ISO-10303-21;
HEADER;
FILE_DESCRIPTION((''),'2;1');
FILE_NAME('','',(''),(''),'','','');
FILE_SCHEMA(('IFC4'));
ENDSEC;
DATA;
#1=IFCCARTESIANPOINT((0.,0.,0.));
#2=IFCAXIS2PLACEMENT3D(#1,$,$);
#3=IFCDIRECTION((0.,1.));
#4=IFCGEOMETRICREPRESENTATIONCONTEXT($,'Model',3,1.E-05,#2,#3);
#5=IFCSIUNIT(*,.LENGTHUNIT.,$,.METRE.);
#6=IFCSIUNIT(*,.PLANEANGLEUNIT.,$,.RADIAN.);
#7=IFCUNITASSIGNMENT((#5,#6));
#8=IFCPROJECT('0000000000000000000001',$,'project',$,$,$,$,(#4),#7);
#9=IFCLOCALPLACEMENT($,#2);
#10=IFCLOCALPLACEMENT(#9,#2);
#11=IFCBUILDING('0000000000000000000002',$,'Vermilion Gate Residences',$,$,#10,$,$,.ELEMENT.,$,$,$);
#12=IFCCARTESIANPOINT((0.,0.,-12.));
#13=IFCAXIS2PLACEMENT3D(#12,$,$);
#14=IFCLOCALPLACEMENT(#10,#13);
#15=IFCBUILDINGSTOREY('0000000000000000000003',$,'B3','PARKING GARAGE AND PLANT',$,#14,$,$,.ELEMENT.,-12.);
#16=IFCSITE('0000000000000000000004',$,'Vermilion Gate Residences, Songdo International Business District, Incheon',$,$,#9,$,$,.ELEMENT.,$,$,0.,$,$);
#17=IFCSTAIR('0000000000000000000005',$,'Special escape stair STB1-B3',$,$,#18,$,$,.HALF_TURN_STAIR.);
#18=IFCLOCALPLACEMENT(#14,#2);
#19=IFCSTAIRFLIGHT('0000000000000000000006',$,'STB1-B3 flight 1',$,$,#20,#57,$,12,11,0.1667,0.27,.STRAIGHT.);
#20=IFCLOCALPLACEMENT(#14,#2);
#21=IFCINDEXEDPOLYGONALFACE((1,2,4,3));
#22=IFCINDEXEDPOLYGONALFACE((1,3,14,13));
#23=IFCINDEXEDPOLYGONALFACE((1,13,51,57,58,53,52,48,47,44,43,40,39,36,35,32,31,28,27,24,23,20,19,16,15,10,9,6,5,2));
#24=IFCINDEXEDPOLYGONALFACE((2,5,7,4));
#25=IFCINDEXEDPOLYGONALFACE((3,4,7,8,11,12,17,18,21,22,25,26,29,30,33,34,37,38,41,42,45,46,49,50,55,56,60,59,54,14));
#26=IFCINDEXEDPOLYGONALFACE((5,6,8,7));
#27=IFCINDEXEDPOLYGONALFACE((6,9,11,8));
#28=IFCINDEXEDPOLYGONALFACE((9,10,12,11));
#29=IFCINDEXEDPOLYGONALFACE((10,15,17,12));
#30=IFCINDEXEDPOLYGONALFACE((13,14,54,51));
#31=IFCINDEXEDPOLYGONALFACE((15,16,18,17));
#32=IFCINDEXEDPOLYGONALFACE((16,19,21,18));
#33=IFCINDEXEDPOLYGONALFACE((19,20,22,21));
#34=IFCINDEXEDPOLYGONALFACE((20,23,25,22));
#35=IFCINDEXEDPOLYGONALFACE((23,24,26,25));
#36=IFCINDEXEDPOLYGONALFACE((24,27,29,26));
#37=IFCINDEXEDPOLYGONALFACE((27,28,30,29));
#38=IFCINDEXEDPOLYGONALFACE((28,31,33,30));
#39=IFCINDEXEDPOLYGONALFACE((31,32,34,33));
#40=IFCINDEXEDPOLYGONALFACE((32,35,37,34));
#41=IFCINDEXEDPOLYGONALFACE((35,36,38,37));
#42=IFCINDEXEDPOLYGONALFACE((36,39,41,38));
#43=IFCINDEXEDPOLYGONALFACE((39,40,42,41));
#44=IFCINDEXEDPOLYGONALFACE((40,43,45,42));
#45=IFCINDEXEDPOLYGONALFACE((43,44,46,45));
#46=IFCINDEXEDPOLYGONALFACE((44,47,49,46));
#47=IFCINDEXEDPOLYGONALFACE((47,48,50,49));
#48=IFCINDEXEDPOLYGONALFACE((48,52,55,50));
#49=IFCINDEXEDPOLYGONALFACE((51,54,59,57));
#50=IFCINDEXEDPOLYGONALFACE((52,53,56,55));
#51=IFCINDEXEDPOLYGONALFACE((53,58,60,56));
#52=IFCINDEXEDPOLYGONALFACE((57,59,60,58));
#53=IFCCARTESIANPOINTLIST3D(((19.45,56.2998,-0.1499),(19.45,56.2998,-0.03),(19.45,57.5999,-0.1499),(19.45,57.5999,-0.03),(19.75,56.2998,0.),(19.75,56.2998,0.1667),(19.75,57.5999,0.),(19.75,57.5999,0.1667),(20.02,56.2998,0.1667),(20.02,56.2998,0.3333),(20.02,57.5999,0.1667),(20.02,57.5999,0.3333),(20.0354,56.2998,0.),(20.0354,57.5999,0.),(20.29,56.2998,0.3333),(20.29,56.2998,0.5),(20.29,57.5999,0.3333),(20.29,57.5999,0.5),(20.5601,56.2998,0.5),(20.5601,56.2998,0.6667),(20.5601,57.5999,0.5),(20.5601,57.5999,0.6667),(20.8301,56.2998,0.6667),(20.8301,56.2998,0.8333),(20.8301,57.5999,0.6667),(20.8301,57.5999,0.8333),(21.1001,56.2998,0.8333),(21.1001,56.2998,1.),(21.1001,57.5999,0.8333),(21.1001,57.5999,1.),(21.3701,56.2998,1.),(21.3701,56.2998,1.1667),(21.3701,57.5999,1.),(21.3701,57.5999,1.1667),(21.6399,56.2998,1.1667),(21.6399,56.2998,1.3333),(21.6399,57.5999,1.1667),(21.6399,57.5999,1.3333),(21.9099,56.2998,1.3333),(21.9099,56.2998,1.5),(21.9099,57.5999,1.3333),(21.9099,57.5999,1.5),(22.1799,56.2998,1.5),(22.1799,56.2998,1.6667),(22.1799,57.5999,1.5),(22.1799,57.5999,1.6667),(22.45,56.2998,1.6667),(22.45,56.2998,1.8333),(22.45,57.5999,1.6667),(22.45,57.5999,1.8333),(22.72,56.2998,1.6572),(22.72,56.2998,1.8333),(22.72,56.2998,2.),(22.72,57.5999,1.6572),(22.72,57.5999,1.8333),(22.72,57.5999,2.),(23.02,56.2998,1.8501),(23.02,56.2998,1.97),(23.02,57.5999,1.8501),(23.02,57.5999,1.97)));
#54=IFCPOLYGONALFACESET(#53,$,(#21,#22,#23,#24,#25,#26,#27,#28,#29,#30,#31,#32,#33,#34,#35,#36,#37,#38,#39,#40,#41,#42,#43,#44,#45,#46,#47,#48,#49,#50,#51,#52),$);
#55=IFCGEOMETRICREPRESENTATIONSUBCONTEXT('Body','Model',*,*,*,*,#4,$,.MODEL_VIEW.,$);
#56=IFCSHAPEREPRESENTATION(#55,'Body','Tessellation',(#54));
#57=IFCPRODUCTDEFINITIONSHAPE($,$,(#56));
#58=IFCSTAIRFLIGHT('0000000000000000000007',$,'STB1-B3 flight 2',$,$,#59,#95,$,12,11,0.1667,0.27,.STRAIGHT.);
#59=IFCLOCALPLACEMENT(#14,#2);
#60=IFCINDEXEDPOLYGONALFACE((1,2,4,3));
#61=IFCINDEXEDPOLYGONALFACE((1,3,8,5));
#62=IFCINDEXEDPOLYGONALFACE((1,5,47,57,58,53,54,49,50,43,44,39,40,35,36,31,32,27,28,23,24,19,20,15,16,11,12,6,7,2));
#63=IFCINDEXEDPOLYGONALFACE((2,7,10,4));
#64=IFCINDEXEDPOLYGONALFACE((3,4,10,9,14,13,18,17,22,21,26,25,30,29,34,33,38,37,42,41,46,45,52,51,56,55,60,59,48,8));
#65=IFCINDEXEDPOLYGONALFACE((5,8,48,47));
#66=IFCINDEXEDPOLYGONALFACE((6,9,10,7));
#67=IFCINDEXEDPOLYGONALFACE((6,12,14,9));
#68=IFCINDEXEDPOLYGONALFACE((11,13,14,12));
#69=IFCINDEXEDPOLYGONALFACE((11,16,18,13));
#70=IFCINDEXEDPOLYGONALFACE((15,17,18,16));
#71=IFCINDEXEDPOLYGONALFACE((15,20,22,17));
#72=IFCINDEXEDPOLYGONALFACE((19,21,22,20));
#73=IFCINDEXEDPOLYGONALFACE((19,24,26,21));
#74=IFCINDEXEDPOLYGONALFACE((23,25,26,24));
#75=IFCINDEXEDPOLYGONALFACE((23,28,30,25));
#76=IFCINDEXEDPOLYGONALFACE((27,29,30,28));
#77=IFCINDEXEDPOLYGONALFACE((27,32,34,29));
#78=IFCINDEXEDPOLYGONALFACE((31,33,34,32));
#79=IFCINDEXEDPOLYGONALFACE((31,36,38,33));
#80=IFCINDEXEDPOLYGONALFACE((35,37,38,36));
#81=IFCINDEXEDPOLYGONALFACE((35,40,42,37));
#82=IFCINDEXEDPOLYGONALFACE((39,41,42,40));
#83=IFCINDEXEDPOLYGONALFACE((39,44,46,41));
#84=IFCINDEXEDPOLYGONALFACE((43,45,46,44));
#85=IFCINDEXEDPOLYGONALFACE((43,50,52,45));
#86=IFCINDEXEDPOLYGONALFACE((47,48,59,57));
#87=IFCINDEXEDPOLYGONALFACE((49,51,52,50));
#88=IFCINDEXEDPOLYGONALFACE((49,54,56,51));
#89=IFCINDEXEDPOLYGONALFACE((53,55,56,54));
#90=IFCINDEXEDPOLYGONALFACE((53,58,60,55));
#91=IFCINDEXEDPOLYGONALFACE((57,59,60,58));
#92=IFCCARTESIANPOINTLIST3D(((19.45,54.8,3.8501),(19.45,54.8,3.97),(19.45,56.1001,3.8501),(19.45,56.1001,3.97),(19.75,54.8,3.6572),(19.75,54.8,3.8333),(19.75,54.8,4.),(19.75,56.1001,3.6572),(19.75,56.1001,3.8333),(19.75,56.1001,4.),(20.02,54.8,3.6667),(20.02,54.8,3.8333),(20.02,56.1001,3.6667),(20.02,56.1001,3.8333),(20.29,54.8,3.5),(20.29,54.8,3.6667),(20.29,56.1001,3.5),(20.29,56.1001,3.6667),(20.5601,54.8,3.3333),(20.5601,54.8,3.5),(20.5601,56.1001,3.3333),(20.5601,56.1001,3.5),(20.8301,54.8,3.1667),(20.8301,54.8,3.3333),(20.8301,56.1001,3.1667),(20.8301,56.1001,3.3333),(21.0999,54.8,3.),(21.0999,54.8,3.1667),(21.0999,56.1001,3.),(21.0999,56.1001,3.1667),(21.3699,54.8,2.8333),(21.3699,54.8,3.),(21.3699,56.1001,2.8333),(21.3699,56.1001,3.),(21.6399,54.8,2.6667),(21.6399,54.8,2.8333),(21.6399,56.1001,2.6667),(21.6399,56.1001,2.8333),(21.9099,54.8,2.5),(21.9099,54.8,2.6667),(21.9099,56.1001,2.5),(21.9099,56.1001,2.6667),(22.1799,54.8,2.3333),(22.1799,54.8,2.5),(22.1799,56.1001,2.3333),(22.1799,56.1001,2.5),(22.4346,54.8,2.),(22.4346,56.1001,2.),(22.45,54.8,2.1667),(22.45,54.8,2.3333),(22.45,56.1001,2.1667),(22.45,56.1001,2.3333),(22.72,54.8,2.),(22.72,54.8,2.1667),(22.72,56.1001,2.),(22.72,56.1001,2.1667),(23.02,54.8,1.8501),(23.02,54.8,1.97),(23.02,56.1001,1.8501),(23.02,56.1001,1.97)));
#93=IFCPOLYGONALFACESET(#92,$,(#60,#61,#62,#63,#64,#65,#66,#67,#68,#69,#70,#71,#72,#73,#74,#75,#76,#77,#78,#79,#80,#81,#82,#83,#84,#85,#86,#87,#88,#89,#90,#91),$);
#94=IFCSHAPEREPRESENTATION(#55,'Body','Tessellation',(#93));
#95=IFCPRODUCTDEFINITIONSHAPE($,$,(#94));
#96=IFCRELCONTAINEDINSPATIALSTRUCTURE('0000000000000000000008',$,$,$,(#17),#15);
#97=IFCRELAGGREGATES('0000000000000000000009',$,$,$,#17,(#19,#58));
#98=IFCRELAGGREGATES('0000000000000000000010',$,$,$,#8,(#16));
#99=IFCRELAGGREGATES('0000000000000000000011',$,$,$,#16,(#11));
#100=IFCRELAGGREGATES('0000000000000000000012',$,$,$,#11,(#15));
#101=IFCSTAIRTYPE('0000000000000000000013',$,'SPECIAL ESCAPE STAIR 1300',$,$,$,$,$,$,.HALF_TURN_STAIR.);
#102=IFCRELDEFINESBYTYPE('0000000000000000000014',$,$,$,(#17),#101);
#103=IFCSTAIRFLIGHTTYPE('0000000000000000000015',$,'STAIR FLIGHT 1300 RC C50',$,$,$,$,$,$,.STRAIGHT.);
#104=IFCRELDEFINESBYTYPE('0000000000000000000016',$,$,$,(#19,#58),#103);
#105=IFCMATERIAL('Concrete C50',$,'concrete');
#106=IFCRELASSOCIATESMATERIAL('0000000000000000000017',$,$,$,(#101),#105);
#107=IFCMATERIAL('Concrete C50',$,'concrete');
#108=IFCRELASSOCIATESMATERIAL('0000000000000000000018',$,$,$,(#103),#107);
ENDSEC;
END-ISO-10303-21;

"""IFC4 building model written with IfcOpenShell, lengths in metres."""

from ifc_helpers import new_model, si_unit, direction, frame, origin, place, context, subcontext, project, spatial, polyline, outline, extrude, material, type_object, element, aggregate, save


model = new_model("IFC4")

# Units and contexts
model_context = context("Model", 3, precision=1e-05, world=origin(), true_north=direction((0.0, 1.0)))
body_context = subcontext(model_context, "Body", "Model", "MODEL_VIEW")
ifc_project = project(units=[si_unit("LENGTHUNIT", "METRE"), si_unit("PLANEANGLEUNIT", "RADIAN")], contexts=[model_context])

# Site, building, storey
site_placement = place(None, origin())
site = spatial("IfcSite", under=ifc_project, at=site_placement, Name="Vermilion Gate Residences, Songdo International Business District, Incheon", CompositionType="ELEMENT", RefElevation=0.0)
building_placement = place(site_placement, origin())
building = spatial("IfcBuilding", under=site, at=building_placement, Name="Vermilion Gate Residences", CompositionType="ELEMENT")
storey_placement = place(building_placement, frame((0.0, 0.0, -12.0)))
storey = spatial("IfcBuildingStorey", under=building, at=storey_placement, Name="B3", Description="PARKING GARAGE AND PLANT", CompositionType="ELEMENT", Elevation=-12.0)

# Stair, stair flights
ifc_material_1 = material(Name="Concrete C50", Category="concrete")
stair_type = type_object("IfcStairType", Name="SPECIAL ESCAPE STAIR 1300", PredefinedType="HALF_TURN_STAIR", material=ifc_material_1)
stair_placement = place(storey_placement, origin())
stair = element("IfcStair", 1, at=stair_placement, inside=storey, type_object=stair_type, Name="Special escape stair STB1-B3", PredefinedType="HALF_TURN_STAIR")
ifc_material_2 = material(Name="Concrete C50", Category="concrete")
stair_flight_type = type_object("IfcStairFlightType", Name="STAIR FLIGHT 1300 RC C50", PredefinedType="STRAIGHT", material=ifc_material_2)
stair_flight_1_placement = place(storey_placement, frame((19.75, 56.95, 0.0), z_axis=(0.0, 0.0, 1.0), x_axis=(1.0, 0.0, 0.0)))
stair_flight_1 = element("IfcStairFlight", 2, at=stair_flight_1_placement, type_object=stair_flight_type, Name="STB1-B3 flight 1", NumberOfRisers=12, NumberOfTreads=11, PredefinedType="STRAIGHT", RiserHeight=0.1667, TreadLength=0.27, context=body_context, shape_type="SweptSolid", body=[
    extrude(outline(polyline([(-0.3, -0.1499), (-0.3, -0.03), (0.0, 0.0), (0.0, 0.1667), (0.27, 0.1667), (0.27, 0.3333), (0.54, 0.3333), (0.54, 0.5), (0.8101, 0.5), (0.8101, 0.6667), (1.0801, 0.6667), (1.0801, 0.8333), (1.3501, 0.8333), (1.3501, 1.0), (1.6201, 1.0), (1.6201, 1.1667), (1.8899, 1.1667), (1.8899, 1.3333), (2.1599, 1.3333), (2.1599, 1.5), (2.4299, 1.5), (2.4299, 1.6667), (2.7, 1.6667), (2.7, 1.8333), (2.97, 1.8333), (2.97, 2.0), (3.27, 1.97), (3.27, 1.8501), (2.97, 1.6572), (0.2854, 0.0), (-0.3, -0.1499)])), frame((0.0, 0.6499, 0.0), z_axis=(0.0, -1.0, 0.0), x_axis=(1.0, 0.0, 0.0)), (0.0, 0.0, 1.0), 1.3),
])
stair_flight_2_placement = place(storey_placement, frame((22.72, 55.45, 2.0), z_axis=(0.0, 0.0, 1.0), x_axis=(-1.0, 0.0, 0.0)))
stair_flight_2 = element("IfcStairFlight", 3, at=stair_flight_2_placement, type_object=stair_flight_type, Name="STB1-B3 flight 2", NumberOfRisers=12, NumberOfTreads=11, PredefinedType="STRAIGHT", RiserHeight=0.1667, TreadLength=0.27, context=body_context, shape_type="SweptSolid", body=[
    extrude(outline(polyline([(-0.3, -0.1499), (-0.3, -0.03), (0.0, 0.0), (0.0, 0.1667), (0.27, 0.1667), (0.27, 0.3333), (0.54, 0.3333), (0.54, 0.5), (0.8101, 0.5), (0.8101, 0.6667), (1.0801, 0.6667), (1.0801, 0.8333), (1.3501, 0.8333), (1.3501, 1.0), (1.6201, 1.0), (1.6201, 1.1667), (1.8899, 1.1667), (1.8899, 1.3333), (2.1599, 1.3333), (2.1599, 1.5), (2.4299, 1.5), (2.4299, 1.6667), (2.7, 1.6667), (2.7, 1.8333), (2.97, 1.8333), (2.97, 2.0), (3.27, 1.97), (3.27, 1.8501), (2.97, 1.6572), (0.2854, 0.0), (-0.3, -0.1499)])), frame((0.0, 0.6499, 0.0), z_axis=(0.0, -1.0, 0.0), x_axis=(1.0, 0.0, 0.0)), (0.0, 0.0, 1.0), 1.3),
])
aggregate(stair, [stair_flight_1, stair_flight_2])

save(model, "model.ifc")
